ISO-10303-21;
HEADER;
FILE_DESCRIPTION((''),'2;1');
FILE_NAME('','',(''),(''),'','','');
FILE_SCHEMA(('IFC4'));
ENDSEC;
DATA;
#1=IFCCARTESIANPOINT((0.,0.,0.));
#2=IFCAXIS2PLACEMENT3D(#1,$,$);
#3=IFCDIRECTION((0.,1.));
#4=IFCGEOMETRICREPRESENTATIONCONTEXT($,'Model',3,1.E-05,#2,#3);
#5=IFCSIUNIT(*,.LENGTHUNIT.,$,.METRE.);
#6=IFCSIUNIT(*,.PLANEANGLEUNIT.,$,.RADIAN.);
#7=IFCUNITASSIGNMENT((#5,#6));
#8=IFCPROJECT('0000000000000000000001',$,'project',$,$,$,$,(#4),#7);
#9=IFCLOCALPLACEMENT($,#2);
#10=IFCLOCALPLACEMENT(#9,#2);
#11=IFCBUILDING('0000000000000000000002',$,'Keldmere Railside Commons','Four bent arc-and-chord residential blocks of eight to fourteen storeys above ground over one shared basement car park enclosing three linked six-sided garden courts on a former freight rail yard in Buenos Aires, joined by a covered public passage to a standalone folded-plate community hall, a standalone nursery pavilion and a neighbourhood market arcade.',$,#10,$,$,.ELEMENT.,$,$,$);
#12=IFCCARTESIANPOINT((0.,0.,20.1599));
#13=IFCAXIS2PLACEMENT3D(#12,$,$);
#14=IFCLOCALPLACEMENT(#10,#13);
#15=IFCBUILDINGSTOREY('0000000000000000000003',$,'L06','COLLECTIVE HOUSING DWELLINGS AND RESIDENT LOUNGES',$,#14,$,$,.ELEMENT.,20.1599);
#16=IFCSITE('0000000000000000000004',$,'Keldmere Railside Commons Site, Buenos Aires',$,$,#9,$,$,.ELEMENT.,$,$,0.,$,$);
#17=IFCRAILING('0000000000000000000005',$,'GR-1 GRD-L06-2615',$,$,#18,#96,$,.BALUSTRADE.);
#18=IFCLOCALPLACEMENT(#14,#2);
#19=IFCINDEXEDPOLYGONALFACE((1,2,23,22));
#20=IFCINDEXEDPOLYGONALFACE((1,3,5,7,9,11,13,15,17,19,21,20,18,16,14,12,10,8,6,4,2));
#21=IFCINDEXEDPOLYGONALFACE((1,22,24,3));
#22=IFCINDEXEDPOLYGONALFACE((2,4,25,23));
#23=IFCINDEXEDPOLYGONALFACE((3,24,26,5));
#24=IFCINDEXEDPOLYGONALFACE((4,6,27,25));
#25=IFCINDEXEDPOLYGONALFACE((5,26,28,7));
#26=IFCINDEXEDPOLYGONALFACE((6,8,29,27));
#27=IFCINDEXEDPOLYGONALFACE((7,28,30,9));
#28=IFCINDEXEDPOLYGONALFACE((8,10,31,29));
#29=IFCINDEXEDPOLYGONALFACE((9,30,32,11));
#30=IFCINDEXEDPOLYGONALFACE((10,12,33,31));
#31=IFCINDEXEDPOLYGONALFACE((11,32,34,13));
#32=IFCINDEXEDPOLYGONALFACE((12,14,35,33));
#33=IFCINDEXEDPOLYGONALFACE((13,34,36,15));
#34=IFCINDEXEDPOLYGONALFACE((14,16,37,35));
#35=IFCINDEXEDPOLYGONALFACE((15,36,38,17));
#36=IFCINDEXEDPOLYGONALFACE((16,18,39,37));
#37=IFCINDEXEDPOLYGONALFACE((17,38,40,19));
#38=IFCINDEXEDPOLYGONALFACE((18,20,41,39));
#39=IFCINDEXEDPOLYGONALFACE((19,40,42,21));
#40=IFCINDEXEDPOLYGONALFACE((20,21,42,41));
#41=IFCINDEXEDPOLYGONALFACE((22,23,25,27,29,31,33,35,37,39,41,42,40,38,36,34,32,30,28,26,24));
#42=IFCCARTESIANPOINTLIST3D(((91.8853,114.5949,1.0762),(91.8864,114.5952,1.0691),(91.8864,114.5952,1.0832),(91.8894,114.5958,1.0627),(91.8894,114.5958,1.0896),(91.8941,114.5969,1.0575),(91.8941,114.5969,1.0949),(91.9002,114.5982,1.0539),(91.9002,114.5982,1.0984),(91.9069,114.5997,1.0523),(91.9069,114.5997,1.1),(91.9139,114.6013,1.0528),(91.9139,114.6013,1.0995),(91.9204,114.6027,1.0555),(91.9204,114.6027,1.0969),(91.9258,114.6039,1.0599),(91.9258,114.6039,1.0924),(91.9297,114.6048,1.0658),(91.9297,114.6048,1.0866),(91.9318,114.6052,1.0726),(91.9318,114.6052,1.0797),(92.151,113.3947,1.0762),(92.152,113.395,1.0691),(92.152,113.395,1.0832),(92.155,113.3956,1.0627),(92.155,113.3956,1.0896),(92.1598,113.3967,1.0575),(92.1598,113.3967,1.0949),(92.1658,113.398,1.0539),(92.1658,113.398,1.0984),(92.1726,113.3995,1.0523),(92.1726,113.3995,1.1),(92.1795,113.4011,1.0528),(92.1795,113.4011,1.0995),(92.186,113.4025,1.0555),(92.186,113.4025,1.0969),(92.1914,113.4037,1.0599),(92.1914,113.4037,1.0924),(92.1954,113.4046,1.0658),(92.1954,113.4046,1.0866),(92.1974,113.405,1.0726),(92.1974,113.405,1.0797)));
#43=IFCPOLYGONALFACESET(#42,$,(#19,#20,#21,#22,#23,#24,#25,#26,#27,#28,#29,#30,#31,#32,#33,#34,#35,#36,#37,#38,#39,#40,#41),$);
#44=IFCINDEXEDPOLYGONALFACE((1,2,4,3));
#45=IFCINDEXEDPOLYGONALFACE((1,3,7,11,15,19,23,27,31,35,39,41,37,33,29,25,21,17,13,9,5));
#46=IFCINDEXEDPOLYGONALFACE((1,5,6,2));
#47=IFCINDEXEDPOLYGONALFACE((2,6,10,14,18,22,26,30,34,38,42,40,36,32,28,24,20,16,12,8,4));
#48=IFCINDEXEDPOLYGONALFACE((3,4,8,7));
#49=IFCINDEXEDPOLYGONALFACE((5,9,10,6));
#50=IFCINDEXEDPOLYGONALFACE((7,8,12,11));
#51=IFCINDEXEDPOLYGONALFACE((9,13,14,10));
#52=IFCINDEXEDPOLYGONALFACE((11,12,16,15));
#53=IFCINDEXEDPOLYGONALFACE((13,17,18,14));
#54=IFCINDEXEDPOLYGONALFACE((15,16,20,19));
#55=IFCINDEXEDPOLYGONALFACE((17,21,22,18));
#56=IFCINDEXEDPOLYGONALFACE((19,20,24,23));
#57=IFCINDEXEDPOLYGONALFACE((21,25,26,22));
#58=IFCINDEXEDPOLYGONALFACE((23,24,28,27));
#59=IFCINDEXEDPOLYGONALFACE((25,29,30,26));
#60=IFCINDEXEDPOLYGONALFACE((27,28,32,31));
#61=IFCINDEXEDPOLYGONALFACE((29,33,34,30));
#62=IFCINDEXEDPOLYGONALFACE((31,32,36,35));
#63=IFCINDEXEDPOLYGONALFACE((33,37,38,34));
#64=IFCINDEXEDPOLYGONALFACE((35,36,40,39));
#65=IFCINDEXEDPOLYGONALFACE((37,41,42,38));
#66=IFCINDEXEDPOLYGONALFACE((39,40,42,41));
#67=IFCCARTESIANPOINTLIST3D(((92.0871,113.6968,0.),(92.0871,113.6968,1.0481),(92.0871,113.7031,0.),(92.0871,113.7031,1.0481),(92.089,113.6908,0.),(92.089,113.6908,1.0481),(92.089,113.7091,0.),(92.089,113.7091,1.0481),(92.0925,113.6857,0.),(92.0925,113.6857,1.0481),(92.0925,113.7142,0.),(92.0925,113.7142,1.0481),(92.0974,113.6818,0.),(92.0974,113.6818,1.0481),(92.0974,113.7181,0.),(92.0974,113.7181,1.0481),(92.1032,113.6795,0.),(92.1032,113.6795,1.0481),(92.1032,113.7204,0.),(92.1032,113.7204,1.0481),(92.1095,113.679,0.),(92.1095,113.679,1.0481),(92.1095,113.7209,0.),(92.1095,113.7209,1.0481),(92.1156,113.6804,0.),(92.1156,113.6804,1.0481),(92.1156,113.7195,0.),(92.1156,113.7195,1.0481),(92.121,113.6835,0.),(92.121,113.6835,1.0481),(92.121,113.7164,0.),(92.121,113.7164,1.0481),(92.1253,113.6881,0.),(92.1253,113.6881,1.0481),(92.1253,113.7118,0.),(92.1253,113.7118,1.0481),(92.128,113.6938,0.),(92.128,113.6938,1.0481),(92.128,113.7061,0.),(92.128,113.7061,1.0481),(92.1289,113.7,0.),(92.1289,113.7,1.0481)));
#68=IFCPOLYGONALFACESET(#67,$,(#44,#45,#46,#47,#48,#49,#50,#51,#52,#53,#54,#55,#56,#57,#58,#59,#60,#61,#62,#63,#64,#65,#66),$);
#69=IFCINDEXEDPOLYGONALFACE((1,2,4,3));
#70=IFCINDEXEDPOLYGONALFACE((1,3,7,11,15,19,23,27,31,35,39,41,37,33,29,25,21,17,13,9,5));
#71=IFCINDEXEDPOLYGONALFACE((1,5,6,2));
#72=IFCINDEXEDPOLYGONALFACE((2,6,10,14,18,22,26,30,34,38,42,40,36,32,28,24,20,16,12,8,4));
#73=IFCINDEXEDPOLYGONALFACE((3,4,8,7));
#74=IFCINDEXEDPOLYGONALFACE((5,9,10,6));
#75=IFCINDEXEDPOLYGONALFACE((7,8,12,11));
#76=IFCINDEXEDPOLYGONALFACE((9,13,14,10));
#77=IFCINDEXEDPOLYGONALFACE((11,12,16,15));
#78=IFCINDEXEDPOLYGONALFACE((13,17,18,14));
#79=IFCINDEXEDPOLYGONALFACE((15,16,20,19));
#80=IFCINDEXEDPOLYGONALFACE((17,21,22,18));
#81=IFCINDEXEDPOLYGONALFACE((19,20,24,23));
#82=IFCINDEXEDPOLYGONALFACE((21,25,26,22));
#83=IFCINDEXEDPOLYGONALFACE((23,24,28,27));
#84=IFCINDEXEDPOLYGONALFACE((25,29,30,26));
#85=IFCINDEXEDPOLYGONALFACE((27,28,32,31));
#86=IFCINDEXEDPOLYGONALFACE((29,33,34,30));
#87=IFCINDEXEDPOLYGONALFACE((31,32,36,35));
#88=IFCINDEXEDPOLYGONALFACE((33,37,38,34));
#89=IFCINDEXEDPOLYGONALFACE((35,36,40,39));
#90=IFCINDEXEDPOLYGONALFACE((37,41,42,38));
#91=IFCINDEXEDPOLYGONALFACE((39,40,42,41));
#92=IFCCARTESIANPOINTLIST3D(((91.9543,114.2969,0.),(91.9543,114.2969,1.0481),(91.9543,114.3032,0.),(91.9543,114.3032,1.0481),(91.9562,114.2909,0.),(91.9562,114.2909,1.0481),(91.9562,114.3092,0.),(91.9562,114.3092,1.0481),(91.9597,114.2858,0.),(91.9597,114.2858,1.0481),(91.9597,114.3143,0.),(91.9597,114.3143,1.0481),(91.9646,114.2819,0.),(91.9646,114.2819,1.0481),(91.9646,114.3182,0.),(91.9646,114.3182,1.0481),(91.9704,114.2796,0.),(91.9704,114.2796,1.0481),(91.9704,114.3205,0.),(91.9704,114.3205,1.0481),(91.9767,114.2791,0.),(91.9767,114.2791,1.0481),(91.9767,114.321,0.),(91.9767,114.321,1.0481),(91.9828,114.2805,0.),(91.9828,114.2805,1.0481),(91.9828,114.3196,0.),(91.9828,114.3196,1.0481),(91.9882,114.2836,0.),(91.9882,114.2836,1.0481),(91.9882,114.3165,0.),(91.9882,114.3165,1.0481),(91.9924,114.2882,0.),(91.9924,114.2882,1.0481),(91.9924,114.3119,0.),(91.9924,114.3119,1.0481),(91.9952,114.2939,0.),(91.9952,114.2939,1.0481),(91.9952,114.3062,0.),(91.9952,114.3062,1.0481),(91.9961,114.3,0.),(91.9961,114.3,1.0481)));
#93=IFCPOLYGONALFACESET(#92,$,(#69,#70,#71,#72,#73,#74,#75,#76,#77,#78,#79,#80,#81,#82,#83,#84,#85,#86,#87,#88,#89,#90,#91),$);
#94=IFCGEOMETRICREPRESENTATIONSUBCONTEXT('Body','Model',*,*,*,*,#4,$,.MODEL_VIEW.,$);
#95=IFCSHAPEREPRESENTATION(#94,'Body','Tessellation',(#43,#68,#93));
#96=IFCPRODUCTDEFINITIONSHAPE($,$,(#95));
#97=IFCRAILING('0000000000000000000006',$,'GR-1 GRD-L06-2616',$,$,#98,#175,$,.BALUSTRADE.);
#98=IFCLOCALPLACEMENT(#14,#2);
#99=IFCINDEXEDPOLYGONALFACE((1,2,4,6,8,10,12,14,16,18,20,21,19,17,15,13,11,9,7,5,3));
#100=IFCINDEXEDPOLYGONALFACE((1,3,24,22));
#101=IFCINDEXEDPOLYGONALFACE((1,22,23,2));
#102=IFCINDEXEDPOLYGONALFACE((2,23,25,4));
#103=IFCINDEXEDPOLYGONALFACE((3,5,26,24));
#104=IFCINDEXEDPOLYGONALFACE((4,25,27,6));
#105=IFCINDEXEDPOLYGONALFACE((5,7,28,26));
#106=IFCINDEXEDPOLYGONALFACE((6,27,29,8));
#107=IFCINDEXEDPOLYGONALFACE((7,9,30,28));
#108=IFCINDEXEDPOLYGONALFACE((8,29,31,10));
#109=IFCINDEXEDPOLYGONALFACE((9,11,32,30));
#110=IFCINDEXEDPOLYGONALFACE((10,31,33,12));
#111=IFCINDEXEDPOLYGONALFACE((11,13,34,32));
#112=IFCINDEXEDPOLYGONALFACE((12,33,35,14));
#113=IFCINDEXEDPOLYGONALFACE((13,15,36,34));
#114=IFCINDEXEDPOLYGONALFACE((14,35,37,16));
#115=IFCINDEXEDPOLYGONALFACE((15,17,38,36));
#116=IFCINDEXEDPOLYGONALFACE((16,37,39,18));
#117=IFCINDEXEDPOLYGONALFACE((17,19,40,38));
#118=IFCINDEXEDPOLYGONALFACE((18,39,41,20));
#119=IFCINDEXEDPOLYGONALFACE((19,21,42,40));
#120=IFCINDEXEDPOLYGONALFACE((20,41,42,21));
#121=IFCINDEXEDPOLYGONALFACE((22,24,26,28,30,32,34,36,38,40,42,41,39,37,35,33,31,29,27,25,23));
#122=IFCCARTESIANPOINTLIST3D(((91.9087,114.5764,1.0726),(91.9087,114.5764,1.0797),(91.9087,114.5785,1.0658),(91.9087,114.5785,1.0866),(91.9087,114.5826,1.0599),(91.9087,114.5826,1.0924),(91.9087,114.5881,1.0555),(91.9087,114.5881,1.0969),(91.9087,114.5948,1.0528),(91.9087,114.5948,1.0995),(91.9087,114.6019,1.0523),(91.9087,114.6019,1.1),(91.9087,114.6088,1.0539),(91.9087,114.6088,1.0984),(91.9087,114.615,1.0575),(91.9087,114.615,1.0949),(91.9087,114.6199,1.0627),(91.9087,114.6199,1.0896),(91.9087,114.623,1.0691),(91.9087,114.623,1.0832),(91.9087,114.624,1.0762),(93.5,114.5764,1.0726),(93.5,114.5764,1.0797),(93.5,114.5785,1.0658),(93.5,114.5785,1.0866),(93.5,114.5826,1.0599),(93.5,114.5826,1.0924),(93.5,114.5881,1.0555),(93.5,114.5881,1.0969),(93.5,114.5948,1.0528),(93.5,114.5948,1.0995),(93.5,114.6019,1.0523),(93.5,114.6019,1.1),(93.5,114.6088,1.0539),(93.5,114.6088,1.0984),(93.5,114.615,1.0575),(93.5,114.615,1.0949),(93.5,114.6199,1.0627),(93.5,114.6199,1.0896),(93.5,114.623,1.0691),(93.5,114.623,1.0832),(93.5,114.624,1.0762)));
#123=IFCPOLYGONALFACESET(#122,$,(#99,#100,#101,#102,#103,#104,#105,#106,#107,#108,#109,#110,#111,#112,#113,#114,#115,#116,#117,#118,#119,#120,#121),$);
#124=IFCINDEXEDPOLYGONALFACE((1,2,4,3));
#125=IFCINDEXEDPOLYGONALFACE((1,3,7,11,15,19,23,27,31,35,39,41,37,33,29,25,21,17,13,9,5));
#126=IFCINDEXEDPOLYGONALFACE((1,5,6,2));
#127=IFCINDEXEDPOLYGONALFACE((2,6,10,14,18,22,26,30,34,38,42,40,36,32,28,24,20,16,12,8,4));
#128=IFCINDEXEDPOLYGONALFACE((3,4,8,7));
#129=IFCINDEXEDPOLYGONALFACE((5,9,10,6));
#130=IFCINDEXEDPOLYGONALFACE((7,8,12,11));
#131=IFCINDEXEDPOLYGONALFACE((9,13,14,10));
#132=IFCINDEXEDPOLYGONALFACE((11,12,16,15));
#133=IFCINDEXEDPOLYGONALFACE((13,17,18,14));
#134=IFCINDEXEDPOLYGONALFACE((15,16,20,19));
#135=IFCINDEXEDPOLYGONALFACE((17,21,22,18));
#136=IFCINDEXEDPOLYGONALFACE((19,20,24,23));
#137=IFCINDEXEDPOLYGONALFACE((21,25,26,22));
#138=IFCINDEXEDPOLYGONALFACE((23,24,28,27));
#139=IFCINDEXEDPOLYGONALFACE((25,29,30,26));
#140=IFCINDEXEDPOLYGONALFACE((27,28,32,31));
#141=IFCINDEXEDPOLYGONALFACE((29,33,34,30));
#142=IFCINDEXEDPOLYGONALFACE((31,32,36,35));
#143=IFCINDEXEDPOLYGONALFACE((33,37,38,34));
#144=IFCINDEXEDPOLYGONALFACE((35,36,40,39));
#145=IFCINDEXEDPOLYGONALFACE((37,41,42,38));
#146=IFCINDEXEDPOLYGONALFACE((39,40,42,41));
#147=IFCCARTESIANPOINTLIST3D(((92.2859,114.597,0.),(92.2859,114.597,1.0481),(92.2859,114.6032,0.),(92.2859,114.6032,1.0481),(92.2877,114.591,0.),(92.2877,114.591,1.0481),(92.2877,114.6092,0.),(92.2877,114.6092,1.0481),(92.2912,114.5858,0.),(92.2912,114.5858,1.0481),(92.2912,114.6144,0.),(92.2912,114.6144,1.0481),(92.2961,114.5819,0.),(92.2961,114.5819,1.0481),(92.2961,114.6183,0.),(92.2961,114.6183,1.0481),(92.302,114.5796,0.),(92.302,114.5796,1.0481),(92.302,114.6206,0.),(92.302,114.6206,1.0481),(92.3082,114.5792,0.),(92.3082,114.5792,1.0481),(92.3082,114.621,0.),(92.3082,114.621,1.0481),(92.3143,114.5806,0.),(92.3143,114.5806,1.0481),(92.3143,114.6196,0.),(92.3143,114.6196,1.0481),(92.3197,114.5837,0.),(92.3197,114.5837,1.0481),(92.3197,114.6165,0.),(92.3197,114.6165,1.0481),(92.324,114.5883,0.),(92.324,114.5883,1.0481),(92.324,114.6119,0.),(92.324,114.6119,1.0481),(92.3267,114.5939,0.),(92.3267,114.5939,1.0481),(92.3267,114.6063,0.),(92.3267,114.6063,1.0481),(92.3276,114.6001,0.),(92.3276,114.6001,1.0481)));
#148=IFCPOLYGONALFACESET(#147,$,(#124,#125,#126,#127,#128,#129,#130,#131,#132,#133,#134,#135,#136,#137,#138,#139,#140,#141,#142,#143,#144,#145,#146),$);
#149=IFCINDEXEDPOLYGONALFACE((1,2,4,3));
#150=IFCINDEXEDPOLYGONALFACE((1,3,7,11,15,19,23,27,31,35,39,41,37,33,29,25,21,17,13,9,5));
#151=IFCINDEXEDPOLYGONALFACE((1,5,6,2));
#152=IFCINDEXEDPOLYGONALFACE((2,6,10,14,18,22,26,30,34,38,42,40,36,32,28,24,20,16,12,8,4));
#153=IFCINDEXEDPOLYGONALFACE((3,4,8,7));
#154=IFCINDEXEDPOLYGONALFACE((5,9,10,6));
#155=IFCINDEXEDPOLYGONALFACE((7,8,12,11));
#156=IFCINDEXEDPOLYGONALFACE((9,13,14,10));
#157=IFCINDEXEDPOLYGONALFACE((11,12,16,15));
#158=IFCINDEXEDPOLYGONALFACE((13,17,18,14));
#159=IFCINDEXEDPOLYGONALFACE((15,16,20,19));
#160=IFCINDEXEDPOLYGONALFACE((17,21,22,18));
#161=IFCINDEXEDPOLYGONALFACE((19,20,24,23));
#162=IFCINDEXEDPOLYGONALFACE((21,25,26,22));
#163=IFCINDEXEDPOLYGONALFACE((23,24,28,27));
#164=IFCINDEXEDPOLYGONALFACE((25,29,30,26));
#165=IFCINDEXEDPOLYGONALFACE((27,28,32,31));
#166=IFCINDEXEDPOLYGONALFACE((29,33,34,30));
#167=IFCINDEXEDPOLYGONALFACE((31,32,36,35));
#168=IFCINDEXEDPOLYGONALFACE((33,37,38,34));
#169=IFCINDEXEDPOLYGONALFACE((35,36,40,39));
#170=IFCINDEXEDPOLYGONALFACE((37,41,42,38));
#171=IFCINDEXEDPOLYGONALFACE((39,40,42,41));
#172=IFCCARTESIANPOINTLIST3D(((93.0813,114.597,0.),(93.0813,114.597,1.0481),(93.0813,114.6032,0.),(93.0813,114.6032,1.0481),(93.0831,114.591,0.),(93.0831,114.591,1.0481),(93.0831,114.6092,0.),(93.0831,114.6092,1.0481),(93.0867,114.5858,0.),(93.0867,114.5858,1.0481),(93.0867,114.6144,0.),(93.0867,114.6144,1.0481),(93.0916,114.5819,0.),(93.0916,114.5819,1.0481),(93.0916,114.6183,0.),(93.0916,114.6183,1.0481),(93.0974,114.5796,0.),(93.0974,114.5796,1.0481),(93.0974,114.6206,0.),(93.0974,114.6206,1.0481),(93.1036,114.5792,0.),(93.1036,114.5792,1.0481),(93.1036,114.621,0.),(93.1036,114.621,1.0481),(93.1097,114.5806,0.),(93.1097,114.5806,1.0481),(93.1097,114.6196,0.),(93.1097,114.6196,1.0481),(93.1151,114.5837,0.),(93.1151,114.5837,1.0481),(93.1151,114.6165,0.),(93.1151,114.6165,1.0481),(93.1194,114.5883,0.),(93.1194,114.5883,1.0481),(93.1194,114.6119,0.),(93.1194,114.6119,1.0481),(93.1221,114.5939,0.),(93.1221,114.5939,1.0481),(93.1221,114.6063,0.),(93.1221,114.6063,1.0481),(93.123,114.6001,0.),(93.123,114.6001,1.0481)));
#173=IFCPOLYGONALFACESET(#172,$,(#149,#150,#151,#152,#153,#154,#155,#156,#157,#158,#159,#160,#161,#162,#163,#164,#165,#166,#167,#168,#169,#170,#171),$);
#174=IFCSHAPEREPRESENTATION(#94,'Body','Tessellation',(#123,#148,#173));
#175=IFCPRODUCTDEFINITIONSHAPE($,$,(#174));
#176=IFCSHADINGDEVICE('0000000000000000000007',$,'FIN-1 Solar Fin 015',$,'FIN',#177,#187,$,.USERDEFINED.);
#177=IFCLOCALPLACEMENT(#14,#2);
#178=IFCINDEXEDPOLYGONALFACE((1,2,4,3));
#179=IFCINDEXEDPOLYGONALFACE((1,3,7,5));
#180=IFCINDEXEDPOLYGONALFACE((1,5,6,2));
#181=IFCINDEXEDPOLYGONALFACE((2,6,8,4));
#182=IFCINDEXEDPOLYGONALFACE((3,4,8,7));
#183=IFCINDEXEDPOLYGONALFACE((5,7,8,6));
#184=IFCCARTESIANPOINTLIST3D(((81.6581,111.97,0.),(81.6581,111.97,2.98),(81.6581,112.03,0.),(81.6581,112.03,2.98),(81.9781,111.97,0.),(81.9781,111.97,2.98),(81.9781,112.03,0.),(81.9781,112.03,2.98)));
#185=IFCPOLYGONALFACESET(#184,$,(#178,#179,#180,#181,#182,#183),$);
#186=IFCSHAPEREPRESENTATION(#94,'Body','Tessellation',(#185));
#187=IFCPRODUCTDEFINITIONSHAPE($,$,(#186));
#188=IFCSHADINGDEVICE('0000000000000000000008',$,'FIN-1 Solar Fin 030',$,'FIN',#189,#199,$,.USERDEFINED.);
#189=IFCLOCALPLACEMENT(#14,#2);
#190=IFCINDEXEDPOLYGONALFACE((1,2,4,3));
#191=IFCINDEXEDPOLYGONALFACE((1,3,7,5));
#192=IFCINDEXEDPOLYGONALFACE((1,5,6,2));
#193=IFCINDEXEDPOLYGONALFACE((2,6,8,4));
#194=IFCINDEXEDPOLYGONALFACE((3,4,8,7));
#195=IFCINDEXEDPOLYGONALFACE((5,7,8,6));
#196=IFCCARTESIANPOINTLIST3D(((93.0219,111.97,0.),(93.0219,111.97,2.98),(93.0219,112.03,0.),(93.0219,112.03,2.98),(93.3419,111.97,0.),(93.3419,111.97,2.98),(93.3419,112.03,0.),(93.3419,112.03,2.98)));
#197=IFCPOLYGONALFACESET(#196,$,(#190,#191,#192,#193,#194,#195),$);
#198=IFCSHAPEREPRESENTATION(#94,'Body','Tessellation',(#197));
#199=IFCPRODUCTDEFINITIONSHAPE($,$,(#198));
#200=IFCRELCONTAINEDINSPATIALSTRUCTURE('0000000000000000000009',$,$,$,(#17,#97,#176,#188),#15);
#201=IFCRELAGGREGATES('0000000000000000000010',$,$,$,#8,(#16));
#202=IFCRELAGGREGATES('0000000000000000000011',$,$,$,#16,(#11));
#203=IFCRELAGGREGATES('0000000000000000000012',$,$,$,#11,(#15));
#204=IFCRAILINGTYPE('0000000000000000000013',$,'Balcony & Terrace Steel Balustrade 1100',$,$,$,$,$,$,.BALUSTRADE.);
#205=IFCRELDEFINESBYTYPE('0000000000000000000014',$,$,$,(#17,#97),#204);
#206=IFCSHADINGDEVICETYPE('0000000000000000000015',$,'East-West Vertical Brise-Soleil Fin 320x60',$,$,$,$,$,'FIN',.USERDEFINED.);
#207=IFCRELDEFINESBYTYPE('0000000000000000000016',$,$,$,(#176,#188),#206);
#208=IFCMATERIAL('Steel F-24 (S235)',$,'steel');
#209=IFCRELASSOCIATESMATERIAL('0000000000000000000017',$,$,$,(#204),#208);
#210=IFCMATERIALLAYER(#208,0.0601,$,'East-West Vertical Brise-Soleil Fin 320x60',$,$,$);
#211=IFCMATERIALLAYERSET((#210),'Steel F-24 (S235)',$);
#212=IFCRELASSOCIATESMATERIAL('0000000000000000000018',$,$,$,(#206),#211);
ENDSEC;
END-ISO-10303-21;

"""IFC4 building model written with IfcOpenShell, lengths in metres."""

from ifc_helpers import new_model, si_unit, direction, frame, origin, origin_2d, place, context, subcontext, project, spatial, rectangle, circle, extrude, material, layer, layer_set, type_object, element, save


model = new_model("IFC4")

# Units and contexts
model_context = context("Model", 3, precision=1e-05, world=origin(), true_north=direction((0.0, 1.0)))
body_context = subcontext(model_context, "Body", "Model", "MODEL_VIEW")
ifc_project = project(units=[si_unit("LENGTHUNIT", "METRE"), si_unit("PLANEANGLEUNIT", "RADIAN")], contexts=[model_context])

# Site, building, storey
site_placement = place(None, origin())
site = spatial("IfcSite", under=ifc_project, at=site_placement, Name="Keldmere Railside Commons Site, Buenos Aires", CompositionType="ELEMENT", RefElevation=0.0)
building_placement = place(site_placement, origin())
building = spatial("IfcBuilding", under=site, at=building_placement, Name="Keldmere Railside Commons", Description="Four bent arc-and-chord residential blocks of eight to fourteen storeys above ground over one shared basement car park enclosing three linked six-sided garden courts on a former freight rail yard in Buenos Aires, joined by a covered public passage to a standalone folded-plate community hall, a standalone nursery pavilion and a neighbourhood market arcade.", CompositionType="ELEMENT")
storey_placement = place(building_placement, frame((0.0, 0.0, 20.1599)))
storey = spatial("IfcBuildingStorey", under=building, at=storey_placement, Name="L06", Description="COLLECTIVE HOUSING DWELLINGS AND RESIDENT LOUNGES", CompositionType="ELEMENT", Elevation=20.1599)

# Railings
ifc_material_1 = material(Name="Steel F-24 (S235)", Category="steel")
railing_type = type_object("IfcRailingType", Name="Balcony & Terrace Steel Balustrade 1100", PredefinedType="BALUSTRADE", material=ifc_material_1)
railing_1_placement = place(storey_placement, frame((92.1743, 113.3999, 0.0)))
element("IfcRailing", 1, at=railing_1_placement, inside=storey, type_object=railing_type, Name="GR-1 GRD-L06-2615", PredefinedType="BALUSTRADE", context=body_context, shape_type="SweptSolid", body=[
    extrude(circle(Radius=0.0239, at=origin_2d()), frame((0.0, 0.0, 1.0762), z_axis=(-0.216089, 0.976374, 0.0), x_axis=(-0.976374, -0.216089, 0.0)), (0.0, 0.0, 1.0), 1.2292),
    extrude(circle(Radius=0.021, at=origin_2d()), frame((-0.0664, 0.3, 0.0)), (0.0, 0.0, 1.0), 1.0481),
    extrude(circle(Radius=0.021, at=origin_2d()), frame((-0.1992, 0.9001, 0.0)), (0.0, 0.0, 1.0), 1.0481),
])
railing_2_placement = place(storey_placement, frame((91.9087, 114.6001, 0.0)))
element("IfcRailing", 2, at=railing_2_placement, inside=storey, type_object=railing_type, Name="GR-1 GRD-L06-2616", PredefinedType="BALUSTRADE", context=body_context, shape_type="SweptSolid", body=[
    extrude(circle(Radius=0.0239, at=origin_2d()), frame((0.0, 0.0, 1.0762), z_axis=(1.0, 0.0, 0.0), x_axis=(0.0, 1.0, 0.0)), (0.0, 0.0, 1.0), 1.5913),
    extrude(circle(Radius=0.021, at=origin_2d()), frame((0.3979, 0.0, 0.0)), (0.0, 0.0, 1.0), 1.0481),
    extrude(circle(Radius=0.021, at=origin_2d()), frame((1.1934, 0.0, 0.0)), (0.0, 0.0, 1.0), 1.0481),
])

# Shading devices
ifc_layer_1 = layer(ifc_material_1, 0.0601, Name="East-West Vertical Brise-Soleil Fin 320x60")
ifc_layer_set_1 = layer_set([ifc_layer_1], Name="Steel F-24 (S235)")
shading_device_type = type_object("IfcShadingDeviceType", Name="East-West Vertical Brise-Soleil Fin 320x60", ElementType="FIN", PredefinedType="USERDEFINED", material=ifc_layer_set_1)
for number, where, z_axis, x_axis, name in (
    (3, (81.8181, 112.0, 0.0), (0.0, 0.0, 1.0), (1.0, 0.0, 0.0), "FIN-1 Solar Fin 015"),
    (4, (93.1819, 112.0, 0.0), (0.0, 0.0, 1.0), (1.0, 0.0, 0.0), "FIN-1 Solar Fin 030"),
):
    element("IfcShadingDevice", number, at=place(storey_placement, frame(where, z_axis=z_axis, x_axis=x_axis)), inside=storey, type_object=shading_device_type, Name=name, ObjectType="FIN", PredefinedType="USERDEFINED", context=body_context, shape_type="SweptSolid", body=[
        extrude(rectangle(XDim=0.3201, YDim=0.0601, at=origin_2d()), origin(), (0.0, 0.0, 1.0), 2.98),
    ])

save(model, "model.ifc")
